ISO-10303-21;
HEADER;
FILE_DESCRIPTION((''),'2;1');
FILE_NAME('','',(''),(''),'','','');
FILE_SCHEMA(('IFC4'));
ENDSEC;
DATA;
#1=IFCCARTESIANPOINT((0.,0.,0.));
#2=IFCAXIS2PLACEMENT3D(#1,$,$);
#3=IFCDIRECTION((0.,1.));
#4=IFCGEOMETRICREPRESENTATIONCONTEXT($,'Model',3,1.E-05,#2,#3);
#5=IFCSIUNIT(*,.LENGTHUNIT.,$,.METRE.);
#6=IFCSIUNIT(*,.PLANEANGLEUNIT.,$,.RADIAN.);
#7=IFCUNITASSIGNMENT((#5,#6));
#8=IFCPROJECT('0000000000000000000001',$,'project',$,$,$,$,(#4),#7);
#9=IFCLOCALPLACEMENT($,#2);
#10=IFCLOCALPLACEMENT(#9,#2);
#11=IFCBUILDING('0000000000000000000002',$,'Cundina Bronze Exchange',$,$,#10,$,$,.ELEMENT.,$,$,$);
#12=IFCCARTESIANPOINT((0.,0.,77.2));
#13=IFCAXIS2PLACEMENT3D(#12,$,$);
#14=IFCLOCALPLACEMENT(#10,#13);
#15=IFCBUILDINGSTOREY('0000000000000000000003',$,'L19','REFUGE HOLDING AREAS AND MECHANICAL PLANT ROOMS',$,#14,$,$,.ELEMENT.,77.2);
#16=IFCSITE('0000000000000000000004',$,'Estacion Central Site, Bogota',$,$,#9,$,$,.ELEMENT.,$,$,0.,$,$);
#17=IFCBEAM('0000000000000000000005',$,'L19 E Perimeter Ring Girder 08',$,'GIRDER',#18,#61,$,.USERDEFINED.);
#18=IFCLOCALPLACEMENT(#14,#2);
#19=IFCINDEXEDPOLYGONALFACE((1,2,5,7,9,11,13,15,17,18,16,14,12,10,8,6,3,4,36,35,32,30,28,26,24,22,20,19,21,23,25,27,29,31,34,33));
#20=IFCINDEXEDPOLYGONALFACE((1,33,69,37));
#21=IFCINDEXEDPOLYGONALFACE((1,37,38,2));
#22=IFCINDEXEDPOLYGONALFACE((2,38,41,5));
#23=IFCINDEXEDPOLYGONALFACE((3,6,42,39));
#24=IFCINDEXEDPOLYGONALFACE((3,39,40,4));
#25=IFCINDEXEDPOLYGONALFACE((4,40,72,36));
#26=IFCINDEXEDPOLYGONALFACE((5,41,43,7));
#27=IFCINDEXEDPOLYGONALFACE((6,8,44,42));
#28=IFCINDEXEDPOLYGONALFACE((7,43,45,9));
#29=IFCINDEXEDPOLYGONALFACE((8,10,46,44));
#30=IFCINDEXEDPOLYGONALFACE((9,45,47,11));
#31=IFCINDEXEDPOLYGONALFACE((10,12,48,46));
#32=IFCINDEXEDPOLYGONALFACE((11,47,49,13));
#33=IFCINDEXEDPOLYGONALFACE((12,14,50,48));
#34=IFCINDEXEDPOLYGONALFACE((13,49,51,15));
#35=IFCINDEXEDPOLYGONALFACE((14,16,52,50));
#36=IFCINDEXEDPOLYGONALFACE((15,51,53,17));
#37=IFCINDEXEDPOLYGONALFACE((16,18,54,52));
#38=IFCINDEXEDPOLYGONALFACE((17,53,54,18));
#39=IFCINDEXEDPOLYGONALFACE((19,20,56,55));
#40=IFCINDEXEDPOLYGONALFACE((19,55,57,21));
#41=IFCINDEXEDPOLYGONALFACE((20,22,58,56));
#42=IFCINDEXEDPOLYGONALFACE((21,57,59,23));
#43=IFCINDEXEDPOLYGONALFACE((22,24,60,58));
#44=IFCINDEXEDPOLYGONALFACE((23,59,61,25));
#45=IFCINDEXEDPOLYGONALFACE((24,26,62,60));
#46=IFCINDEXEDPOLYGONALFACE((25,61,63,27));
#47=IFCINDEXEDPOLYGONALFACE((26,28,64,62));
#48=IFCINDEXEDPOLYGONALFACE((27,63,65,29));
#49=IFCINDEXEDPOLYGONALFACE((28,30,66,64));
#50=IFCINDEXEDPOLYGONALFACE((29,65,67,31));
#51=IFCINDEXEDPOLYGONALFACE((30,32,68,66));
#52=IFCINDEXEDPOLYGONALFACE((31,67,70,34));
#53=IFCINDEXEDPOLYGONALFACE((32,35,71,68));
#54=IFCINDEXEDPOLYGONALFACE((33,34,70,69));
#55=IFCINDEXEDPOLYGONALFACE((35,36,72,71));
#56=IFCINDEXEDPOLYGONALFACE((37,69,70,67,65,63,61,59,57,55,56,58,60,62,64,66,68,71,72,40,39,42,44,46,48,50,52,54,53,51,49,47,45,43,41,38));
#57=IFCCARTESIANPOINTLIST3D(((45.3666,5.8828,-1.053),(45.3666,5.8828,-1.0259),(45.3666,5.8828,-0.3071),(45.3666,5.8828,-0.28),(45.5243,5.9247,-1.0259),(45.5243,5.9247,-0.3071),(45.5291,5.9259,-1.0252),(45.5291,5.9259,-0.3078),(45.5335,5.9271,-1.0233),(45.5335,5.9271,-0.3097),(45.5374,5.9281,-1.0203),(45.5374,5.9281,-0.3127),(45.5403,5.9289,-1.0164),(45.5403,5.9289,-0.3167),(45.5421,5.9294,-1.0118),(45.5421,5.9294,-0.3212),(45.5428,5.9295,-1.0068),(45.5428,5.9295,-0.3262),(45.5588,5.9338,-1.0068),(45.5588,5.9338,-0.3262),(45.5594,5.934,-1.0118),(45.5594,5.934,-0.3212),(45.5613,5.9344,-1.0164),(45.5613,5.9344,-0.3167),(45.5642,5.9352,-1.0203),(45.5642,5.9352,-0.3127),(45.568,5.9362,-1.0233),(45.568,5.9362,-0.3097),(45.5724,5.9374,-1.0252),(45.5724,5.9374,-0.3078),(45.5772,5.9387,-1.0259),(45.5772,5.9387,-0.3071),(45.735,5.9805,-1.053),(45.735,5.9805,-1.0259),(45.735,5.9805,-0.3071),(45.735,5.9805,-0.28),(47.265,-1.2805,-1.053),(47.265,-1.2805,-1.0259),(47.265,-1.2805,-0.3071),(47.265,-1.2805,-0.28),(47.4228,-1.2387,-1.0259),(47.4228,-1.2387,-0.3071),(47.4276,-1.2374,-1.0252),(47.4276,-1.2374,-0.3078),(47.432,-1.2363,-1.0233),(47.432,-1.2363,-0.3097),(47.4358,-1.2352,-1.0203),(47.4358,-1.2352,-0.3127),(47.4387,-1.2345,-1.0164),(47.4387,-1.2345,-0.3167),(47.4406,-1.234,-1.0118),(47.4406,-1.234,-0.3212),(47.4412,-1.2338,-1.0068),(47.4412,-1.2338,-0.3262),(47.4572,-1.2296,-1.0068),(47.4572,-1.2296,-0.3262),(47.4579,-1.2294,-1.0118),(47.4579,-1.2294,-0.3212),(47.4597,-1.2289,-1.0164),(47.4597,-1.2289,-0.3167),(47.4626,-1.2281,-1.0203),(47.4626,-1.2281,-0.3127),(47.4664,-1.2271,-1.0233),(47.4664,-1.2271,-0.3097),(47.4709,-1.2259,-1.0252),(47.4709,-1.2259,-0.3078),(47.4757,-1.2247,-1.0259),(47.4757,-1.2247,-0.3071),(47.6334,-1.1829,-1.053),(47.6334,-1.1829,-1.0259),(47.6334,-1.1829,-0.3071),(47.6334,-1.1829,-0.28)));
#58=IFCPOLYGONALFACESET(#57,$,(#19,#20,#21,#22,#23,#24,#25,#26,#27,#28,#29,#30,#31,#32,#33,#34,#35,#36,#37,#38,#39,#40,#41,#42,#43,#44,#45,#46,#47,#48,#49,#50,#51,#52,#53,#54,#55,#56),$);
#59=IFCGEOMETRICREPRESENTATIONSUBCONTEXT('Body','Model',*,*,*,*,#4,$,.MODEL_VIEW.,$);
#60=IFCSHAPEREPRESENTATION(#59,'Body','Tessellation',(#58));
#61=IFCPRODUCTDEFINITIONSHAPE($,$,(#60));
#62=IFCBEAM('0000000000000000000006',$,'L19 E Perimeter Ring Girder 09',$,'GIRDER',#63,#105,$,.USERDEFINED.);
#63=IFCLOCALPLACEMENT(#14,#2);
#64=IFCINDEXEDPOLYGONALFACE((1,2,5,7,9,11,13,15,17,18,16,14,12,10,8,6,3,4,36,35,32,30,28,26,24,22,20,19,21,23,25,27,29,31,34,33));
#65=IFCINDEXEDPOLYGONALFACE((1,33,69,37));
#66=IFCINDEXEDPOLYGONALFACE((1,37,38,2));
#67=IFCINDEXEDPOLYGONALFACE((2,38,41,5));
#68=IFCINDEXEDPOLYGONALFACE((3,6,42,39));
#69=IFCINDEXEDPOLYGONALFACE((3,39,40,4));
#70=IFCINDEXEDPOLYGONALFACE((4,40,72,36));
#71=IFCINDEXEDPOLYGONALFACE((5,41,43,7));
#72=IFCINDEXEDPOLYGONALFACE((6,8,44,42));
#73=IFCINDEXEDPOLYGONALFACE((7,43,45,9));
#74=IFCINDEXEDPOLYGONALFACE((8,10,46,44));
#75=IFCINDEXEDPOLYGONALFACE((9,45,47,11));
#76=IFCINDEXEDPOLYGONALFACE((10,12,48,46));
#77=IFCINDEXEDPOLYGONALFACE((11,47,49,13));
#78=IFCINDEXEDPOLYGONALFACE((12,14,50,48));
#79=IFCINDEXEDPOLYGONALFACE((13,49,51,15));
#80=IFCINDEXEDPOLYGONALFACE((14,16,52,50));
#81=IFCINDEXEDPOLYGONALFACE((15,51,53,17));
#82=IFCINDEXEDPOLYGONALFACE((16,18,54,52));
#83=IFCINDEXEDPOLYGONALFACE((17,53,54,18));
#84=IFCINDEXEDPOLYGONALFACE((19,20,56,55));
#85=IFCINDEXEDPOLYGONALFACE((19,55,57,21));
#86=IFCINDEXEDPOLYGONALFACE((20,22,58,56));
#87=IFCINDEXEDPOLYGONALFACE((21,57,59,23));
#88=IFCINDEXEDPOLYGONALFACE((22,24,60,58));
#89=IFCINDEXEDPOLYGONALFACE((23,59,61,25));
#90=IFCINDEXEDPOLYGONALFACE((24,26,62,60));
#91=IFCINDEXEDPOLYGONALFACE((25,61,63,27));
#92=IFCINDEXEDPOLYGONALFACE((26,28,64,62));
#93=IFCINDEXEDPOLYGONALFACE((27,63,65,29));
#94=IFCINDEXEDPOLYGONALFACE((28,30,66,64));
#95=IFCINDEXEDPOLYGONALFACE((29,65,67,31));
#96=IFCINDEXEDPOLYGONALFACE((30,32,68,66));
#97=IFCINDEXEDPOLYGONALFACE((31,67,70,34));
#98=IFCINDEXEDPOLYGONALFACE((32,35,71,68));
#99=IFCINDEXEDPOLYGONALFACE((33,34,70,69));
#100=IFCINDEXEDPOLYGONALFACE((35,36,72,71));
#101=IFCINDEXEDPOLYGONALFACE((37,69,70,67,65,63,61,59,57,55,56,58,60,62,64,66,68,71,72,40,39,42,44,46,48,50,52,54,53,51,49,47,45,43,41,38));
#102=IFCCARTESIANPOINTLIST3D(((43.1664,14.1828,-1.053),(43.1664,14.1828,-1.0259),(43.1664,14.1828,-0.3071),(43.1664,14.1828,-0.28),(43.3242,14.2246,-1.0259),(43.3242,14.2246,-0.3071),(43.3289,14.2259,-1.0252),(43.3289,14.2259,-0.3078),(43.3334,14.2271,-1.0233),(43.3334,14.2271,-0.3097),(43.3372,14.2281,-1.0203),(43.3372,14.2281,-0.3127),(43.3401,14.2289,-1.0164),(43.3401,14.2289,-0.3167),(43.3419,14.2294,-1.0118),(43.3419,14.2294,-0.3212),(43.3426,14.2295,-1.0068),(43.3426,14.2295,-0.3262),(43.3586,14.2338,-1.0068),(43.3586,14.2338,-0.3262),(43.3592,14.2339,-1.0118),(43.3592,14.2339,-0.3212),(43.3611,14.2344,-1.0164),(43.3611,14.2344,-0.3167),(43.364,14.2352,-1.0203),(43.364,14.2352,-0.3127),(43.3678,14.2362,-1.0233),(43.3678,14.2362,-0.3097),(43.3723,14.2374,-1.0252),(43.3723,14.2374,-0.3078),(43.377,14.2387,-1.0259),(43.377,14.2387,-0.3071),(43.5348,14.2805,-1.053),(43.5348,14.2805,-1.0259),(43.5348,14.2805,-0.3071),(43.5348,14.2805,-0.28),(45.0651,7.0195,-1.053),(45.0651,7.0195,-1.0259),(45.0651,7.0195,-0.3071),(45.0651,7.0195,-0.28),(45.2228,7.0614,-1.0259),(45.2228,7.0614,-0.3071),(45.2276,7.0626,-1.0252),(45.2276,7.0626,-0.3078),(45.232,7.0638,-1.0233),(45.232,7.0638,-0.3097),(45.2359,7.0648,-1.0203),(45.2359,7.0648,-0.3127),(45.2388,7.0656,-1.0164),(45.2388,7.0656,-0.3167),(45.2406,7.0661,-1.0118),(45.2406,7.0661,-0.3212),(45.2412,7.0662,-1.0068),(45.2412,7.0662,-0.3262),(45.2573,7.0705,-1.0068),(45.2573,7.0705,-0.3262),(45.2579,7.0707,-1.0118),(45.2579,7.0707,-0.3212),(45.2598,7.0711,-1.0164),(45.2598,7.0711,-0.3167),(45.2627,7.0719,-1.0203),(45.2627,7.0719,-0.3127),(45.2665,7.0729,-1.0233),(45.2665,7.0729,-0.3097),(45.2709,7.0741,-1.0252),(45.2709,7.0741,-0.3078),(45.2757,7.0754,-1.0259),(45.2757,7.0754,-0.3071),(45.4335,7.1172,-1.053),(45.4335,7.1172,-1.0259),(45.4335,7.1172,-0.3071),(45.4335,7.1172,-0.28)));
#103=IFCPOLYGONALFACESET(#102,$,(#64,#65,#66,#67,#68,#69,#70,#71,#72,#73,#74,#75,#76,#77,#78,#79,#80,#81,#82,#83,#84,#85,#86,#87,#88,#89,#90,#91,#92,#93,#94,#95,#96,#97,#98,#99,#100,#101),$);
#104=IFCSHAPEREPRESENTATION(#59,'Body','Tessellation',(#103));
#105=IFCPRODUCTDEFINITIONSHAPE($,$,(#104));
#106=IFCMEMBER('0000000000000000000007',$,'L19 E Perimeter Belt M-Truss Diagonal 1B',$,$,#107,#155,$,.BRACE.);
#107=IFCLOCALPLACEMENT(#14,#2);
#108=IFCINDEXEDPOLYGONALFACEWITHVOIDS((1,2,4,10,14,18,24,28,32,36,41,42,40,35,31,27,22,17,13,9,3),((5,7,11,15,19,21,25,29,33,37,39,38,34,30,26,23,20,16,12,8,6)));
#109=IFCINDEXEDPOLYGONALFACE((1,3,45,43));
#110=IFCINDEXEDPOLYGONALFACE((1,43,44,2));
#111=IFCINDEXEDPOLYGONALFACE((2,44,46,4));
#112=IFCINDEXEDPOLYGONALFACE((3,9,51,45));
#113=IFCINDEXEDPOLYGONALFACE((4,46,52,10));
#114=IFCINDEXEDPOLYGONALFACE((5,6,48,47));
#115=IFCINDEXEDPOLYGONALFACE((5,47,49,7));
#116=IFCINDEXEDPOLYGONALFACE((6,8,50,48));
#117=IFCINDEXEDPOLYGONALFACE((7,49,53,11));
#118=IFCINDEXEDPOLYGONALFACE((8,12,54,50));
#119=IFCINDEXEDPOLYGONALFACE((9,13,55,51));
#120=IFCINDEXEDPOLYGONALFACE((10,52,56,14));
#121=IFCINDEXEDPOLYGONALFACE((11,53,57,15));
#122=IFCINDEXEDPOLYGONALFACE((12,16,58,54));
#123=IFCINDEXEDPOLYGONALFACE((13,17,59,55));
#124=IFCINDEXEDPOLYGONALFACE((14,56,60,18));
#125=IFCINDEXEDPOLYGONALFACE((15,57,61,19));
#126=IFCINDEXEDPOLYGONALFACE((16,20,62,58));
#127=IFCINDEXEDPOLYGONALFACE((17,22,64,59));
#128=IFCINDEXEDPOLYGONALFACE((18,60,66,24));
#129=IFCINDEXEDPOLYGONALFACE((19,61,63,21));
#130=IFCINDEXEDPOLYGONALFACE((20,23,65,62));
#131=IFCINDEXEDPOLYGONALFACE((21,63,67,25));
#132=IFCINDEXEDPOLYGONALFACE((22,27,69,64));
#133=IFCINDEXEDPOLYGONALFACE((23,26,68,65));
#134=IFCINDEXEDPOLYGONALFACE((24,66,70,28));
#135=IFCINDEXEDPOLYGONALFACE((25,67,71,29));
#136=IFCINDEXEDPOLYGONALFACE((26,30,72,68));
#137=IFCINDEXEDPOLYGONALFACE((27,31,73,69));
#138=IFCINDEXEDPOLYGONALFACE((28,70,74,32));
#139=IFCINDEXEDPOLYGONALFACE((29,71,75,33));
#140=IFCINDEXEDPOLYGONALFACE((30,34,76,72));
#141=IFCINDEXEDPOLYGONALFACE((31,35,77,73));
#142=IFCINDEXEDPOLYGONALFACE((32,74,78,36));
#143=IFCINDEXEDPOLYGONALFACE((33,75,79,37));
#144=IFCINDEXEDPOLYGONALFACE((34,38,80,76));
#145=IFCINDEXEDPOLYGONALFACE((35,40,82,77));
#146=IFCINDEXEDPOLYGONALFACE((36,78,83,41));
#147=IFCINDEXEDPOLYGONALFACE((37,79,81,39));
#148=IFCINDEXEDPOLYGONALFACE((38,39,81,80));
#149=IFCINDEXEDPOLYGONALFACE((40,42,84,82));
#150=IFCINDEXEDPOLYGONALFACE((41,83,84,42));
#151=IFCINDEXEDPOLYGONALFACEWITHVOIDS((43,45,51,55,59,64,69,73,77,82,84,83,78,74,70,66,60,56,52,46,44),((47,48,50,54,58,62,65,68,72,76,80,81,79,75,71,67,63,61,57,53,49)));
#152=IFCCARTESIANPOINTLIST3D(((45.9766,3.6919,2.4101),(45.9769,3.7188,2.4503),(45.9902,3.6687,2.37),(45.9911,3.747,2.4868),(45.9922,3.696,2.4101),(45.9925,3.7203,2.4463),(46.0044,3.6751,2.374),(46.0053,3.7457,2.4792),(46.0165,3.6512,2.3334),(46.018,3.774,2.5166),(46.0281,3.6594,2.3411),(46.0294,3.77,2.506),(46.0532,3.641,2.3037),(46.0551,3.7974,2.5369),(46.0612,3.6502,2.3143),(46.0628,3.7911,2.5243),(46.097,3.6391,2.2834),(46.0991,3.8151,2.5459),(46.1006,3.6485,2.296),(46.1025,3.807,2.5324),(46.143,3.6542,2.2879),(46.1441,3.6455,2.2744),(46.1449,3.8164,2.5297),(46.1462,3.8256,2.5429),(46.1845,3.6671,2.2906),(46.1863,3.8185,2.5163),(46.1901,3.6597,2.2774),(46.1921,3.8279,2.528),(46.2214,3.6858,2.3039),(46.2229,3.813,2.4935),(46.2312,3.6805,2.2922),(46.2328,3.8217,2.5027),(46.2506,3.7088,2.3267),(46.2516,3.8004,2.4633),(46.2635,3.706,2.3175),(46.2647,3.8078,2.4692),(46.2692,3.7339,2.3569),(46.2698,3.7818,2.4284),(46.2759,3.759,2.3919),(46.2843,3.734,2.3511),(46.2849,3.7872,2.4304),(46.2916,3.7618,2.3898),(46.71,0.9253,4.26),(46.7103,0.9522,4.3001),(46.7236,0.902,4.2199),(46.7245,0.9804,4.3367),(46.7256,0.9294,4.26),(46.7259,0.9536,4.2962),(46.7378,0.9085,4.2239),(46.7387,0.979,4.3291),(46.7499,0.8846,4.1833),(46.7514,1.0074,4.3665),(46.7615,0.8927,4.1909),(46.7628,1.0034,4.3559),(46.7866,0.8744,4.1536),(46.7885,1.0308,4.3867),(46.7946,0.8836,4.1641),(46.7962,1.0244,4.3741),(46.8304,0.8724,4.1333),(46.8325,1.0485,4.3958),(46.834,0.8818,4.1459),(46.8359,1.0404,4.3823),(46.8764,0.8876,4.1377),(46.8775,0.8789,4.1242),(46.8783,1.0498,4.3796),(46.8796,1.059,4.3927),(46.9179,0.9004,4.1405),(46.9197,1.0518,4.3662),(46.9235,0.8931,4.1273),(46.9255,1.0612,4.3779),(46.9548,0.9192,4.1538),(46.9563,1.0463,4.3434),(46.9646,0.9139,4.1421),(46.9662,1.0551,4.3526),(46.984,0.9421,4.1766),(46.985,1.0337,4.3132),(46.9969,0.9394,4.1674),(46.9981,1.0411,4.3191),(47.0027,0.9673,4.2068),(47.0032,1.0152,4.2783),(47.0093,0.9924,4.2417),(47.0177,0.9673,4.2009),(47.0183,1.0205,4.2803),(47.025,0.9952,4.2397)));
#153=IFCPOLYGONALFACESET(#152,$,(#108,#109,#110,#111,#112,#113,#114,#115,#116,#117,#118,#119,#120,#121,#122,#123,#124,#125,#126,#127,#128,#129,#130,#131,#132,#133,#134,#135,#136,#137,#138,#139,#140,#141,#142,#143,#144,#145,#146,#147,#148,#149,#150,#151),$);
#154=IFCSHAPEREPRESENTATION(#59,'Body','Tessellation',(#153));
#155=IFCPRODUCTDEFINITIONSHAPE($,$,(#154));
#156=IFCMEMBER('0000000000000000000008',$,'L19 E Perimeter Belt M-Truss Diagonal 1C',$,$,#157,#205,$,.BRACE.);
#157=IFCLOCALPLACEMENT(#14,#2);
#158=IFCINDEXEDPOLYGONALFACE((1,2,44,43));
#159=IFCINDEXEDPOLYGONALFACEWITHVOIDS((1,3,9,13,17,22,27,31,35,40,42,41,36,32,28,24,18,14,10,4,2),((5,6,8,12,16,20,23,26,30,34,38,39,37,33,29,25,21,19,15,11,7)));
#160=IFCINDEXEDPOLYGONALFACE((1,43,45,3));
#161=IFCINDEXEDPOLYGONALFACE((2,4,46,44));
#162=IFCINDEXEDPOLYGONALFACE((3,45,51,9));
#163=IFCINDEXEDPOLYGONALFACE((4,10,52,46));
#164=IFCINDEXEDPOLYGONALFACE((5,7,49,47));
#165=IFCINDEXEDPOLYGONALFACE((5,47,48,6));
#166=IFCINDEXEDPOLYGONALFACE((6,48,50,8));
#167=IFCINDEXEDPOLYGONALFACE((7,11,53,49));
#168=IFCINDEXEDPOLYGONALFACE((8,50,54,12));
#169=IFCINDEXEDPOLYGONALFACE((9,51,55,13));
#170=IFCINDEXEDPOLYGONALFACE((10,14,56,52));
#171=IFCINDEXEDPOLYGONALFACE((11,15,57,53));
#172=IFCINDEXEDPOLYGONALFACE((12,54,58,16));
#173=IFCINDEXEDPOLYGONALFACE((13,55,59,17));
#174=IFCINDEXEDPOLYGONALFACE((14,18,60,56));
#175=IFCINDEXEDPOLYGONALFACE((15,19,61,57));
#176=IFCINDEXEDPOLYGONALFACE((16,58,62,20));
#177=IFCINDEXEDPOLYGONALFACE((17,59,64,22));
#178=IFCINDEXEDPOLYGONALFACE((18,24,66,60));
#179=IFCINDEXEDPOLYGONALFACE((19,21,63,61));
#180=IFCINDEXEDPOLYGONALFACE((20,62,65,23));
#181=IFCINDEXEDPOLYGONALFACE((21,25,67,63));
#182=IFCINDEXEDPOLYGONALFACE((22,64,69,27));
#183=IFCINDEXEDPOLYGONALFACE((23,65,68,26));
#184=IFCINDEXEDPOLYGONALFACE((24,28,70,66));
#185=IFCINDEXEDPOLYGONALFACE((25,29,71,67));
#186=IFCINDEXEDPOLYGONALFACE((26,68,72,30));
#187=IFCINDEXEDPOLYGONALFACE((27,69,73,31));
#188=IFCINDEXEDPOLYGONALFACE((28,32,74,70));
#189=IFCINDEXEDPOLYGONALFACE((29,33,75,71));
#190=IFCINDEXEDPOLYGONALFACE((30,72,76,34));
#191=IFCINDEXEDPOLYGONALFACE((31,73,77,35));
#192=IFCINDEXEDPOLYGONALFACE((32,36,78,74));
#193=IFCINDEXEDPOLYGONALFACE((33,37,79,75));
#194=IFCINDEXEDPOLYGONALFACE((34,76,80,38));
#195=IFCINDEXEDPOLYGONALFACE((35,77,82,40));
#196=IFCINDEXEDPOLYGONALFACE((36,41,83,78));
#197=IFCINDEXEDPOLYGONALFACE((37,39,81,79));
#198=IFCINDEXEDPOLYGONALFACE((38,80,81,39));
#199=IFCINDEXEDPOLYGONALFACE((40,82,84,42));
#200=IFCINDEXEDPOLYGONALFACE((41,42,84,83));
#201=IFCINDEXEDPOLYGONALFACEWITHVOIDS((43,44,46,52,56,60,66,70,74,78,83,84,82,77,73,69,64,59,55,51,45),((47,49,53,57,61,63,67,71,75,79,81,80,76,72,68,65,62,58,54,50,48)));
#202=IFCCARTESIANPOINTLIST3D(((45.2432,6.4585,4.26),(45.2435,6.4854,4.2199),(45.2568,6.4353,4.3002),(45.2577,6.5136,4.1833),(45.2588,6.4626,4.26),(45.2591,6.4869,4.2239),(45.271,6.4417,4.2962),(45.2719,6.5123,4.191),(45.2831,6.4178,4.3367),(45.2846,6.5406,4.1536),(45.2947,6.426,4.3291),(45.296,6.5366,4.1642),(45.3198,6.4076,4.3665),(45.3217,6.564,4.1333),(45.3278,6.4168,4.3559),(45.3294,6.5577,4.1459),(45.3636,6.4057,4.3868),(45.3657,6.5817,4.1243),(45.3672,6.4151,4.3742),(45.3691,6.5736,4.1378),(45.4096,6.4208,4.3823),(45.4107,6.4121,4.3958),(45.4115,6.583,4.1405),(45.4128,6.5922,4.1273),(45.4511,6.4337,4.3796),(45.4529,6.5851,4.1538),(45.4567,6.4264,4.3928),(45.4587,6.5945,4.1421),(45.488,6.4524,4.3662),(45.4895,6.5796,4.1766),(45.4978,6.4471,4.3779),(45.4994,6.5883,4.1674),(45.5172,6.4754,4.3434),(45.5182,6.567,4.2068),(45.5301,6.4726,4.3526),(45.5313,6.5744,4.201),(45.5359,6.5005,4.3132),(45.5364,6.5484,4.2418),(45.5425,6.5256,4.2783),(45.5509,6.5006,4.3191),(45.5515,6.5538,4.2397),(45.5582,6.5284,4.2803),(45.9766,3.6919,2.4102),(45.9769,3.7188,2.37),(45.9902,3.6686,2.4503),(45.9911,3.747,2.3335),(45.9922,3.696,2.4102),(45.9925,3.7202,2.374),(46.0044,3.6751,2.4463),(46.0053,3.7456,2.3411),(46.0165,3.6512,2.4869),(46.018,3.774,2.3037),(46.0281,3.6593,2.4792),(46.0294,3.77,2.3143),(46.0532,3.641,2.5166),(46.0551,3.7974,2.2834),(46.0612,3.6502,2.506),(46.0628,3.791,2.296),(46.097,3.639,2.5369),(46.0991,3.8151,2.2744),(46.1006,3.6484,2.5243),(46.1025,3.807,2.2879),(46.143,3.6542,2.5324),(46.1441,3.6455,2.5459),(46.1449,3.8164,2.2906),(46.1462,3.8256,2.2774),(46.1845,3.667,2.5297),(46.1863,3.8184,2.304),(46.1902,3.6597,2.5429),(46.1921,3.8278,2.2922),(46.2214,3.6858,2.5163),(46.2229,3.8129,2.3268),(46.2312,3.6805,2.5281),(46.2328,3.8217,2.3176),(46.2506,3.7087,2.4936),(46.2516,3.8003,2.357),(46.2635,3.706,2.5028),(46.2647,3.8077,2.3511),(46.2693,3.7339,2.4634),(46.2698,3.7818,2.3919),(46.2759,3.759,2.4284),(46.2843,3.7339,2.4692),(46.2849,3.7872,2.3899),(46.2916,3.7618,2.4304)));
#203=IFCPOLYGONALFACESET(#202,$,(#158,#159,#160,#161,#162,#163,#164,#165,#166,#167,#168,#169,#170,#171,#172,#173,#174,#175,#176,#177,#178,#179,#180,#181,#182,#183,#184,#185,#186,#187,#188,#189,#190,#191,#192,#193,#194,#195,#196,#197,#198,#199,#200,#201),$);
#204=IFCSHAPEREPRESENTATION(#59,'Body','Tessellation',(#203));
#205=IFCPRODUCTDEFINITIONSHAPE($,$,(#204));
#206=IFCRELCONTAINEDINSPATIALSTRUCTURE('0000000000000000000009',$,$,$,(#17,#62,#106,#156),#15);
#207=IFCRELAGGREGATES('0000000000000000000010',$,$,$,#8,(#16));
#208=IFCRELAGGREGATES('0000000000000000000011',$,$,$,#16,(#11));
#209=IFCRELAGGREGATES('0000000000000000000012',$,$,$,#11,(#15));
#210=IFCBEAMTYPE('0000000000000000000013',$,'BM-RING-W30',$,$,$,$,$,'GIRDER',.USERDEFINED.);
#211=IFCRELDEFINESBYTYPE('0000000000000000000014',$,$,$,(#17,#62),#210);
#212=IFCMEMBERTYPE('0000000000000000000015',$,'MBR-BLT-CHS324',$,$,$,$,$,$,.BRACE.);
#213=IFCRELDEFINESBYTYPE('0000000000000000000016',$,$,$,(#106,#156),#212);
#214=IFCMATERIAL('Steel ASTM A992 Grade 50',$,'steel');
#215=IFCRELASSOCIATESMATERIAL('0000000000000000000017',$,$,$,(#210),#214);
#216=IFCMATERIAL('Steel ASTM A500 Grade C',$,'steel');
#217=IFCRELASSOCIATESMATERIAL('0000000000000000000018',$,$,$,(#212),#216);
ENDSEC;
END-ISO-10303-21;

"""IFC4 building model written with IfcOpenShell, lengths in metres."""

from ifc_helpers import new_model, si_unit, direction, frame, origin, origin_2d, place, context, subcontext, project, spatial, hollow_circle, i_section, extrude, material, material_profile, profile_set, type_object, element, save


model = new_model("IFC4")

# Units and contexts
model_context = context("Model", 3, precision=1e-05, world=origin(), true_north=direction((0.0, 1.0)))
body_context = subcontext(model_context, "Body", "Model", "MODEL_VIEW")
ifc_project = project(units=[si_unit("LENGTHUNIT", "METRE"), si_unit("PLANEANGLEUNIT", "RADIAN")], contexts=[model_context])

# Site, building, storey
site_placement = place(None, origin())
site = spatial("IfcSite", under=ifc_project, at=site_placement, Name="Estacion Central Site, Bogota", CompositionType="ELEMENT", RefElevation=0.0)
building_placement = place(site_placement, origin())
building = spatial("IfcBuilding", under=site, at=building_placement, Name="Cundina Bronze Exchange", CompositionType="ELEMENT")
storey_placement = place(building_placement, frame((0.0, 0.0, 77.2)))
storey = spatial("IfcBuildingStorey", under=building, at=storey_placement, Name="L19", Description="REFUGE HOLDING AREAS AND MECHANICAL PLANT ROOMS", CompositionType="ELEMENT", Elevation=77.2)

# Beams
ifc_material_1 = material(Name="Steel ASTM A992 Grade 50", Category="steel")
ifc_material_profile_1 = material_profile(ifc_material_1, i_section(OverallWidth=0.3811, OverallDepth=0.7729, WebThickness=0.0166, FlangeThickness=0.0271, FilletRadius=0.019, at=origin_2d()), Name="W30X173", Category="steel")
ifc_profile_set_1 = profile_set([ifc_material_profile_1], Name="Steel ASTM A992 Grade 50")
beam_type_1 = type_object("IfcBeamType", Name="BM-RING-W30", ElementType="GIRDER", PredefinedType="USERDEFINED", material=ifc_profile_set_1)
for number, where, z_axis, x_axis, name in (
    (1, (47.4492, -1.2317, -0.6665), (-0.256178, 0.96663, 0.0), (-0.96663, -0.256178, 0.0), "L19 E Perimeter Ring Girder 08"),
    (2, (45.2493, 7.0684, -0.6665), (-0.256209, 0.966622, 0.0), (-0.966622, -0.256209, 0.0), "L19 E Perimeter Ring Girder 09"),
):
    element("IfcBeam", number, at=place(storey_placement, frame(where, z_axis=z_axis, x_axis=x_axis)), inside=storey, type_object=beam_type_1, Name=name, ObjectType="GIRDER", PredefinedType="USERDEFINED", context=body_context, shape_type="SweptSolid", body=[
        extrude(i_section(OverallWidth=0.3811, OverallDepth=0.7729, WebThickness=0.0166, FlangeThickness=0.0271, FilletRadius=0.019, at=origin_2d()), origin(), (0.0, 0.0, 1.0), 7.4106),
    ])

# Members
ifc_material_2 = material(Name="Steel ASTM A500 Grade C", Category="steel")
ifc_material_profile_2 = material_profile(ifc_material_2, hollow_circle(Radius=0.1621, WallThickness=0.0161, at=origin_2d()), Name="CHS324X16", Category="steel")
ifc_profile_set_2 = profile_set([ifc_material_profile_2], Name="Steel ASTM A500 Grade C")
member_type_1 = type_object("IfcMemberType", Name="MBR-BLT-CHS324", PredefinedType="BRACE", material=ifc_profile_set_2)
for number, where, z_axis, x_axis, name in (
    (3, (46.8667, 0.9668, 4.26), (-0.215204, 0.811815, -0.54281), (-0.966613, -0.25624, 0.0), "L19 E Perimeter Belt M-Truss Diagonal 1B"),
    (4, (46.1333, 3.7334, 2.4102), (-0.215204, 0.811815, 0.54281), (-0.966613, -0.25624, 0.0), "L19 E Perimeter Belt M-Truss Diagonal 1C"),
):
    element("IfcMember", number, at=place(storey_placement, frame(where, z_axis=z_axis, x_axis=x_axis)), inside=storey, type_object=member_type_1, Name=name, PredefinedType="BRACE", context=body_context, shape_type="SweptSolid", body=[
        extrude(hollow_circle(Radius=0.1621, WallThickness=0.0161, at=origin_2d()), origin(), (0.0, 0.0, 1.0), 3.408),
    ])

save(model, "model.ifc")
